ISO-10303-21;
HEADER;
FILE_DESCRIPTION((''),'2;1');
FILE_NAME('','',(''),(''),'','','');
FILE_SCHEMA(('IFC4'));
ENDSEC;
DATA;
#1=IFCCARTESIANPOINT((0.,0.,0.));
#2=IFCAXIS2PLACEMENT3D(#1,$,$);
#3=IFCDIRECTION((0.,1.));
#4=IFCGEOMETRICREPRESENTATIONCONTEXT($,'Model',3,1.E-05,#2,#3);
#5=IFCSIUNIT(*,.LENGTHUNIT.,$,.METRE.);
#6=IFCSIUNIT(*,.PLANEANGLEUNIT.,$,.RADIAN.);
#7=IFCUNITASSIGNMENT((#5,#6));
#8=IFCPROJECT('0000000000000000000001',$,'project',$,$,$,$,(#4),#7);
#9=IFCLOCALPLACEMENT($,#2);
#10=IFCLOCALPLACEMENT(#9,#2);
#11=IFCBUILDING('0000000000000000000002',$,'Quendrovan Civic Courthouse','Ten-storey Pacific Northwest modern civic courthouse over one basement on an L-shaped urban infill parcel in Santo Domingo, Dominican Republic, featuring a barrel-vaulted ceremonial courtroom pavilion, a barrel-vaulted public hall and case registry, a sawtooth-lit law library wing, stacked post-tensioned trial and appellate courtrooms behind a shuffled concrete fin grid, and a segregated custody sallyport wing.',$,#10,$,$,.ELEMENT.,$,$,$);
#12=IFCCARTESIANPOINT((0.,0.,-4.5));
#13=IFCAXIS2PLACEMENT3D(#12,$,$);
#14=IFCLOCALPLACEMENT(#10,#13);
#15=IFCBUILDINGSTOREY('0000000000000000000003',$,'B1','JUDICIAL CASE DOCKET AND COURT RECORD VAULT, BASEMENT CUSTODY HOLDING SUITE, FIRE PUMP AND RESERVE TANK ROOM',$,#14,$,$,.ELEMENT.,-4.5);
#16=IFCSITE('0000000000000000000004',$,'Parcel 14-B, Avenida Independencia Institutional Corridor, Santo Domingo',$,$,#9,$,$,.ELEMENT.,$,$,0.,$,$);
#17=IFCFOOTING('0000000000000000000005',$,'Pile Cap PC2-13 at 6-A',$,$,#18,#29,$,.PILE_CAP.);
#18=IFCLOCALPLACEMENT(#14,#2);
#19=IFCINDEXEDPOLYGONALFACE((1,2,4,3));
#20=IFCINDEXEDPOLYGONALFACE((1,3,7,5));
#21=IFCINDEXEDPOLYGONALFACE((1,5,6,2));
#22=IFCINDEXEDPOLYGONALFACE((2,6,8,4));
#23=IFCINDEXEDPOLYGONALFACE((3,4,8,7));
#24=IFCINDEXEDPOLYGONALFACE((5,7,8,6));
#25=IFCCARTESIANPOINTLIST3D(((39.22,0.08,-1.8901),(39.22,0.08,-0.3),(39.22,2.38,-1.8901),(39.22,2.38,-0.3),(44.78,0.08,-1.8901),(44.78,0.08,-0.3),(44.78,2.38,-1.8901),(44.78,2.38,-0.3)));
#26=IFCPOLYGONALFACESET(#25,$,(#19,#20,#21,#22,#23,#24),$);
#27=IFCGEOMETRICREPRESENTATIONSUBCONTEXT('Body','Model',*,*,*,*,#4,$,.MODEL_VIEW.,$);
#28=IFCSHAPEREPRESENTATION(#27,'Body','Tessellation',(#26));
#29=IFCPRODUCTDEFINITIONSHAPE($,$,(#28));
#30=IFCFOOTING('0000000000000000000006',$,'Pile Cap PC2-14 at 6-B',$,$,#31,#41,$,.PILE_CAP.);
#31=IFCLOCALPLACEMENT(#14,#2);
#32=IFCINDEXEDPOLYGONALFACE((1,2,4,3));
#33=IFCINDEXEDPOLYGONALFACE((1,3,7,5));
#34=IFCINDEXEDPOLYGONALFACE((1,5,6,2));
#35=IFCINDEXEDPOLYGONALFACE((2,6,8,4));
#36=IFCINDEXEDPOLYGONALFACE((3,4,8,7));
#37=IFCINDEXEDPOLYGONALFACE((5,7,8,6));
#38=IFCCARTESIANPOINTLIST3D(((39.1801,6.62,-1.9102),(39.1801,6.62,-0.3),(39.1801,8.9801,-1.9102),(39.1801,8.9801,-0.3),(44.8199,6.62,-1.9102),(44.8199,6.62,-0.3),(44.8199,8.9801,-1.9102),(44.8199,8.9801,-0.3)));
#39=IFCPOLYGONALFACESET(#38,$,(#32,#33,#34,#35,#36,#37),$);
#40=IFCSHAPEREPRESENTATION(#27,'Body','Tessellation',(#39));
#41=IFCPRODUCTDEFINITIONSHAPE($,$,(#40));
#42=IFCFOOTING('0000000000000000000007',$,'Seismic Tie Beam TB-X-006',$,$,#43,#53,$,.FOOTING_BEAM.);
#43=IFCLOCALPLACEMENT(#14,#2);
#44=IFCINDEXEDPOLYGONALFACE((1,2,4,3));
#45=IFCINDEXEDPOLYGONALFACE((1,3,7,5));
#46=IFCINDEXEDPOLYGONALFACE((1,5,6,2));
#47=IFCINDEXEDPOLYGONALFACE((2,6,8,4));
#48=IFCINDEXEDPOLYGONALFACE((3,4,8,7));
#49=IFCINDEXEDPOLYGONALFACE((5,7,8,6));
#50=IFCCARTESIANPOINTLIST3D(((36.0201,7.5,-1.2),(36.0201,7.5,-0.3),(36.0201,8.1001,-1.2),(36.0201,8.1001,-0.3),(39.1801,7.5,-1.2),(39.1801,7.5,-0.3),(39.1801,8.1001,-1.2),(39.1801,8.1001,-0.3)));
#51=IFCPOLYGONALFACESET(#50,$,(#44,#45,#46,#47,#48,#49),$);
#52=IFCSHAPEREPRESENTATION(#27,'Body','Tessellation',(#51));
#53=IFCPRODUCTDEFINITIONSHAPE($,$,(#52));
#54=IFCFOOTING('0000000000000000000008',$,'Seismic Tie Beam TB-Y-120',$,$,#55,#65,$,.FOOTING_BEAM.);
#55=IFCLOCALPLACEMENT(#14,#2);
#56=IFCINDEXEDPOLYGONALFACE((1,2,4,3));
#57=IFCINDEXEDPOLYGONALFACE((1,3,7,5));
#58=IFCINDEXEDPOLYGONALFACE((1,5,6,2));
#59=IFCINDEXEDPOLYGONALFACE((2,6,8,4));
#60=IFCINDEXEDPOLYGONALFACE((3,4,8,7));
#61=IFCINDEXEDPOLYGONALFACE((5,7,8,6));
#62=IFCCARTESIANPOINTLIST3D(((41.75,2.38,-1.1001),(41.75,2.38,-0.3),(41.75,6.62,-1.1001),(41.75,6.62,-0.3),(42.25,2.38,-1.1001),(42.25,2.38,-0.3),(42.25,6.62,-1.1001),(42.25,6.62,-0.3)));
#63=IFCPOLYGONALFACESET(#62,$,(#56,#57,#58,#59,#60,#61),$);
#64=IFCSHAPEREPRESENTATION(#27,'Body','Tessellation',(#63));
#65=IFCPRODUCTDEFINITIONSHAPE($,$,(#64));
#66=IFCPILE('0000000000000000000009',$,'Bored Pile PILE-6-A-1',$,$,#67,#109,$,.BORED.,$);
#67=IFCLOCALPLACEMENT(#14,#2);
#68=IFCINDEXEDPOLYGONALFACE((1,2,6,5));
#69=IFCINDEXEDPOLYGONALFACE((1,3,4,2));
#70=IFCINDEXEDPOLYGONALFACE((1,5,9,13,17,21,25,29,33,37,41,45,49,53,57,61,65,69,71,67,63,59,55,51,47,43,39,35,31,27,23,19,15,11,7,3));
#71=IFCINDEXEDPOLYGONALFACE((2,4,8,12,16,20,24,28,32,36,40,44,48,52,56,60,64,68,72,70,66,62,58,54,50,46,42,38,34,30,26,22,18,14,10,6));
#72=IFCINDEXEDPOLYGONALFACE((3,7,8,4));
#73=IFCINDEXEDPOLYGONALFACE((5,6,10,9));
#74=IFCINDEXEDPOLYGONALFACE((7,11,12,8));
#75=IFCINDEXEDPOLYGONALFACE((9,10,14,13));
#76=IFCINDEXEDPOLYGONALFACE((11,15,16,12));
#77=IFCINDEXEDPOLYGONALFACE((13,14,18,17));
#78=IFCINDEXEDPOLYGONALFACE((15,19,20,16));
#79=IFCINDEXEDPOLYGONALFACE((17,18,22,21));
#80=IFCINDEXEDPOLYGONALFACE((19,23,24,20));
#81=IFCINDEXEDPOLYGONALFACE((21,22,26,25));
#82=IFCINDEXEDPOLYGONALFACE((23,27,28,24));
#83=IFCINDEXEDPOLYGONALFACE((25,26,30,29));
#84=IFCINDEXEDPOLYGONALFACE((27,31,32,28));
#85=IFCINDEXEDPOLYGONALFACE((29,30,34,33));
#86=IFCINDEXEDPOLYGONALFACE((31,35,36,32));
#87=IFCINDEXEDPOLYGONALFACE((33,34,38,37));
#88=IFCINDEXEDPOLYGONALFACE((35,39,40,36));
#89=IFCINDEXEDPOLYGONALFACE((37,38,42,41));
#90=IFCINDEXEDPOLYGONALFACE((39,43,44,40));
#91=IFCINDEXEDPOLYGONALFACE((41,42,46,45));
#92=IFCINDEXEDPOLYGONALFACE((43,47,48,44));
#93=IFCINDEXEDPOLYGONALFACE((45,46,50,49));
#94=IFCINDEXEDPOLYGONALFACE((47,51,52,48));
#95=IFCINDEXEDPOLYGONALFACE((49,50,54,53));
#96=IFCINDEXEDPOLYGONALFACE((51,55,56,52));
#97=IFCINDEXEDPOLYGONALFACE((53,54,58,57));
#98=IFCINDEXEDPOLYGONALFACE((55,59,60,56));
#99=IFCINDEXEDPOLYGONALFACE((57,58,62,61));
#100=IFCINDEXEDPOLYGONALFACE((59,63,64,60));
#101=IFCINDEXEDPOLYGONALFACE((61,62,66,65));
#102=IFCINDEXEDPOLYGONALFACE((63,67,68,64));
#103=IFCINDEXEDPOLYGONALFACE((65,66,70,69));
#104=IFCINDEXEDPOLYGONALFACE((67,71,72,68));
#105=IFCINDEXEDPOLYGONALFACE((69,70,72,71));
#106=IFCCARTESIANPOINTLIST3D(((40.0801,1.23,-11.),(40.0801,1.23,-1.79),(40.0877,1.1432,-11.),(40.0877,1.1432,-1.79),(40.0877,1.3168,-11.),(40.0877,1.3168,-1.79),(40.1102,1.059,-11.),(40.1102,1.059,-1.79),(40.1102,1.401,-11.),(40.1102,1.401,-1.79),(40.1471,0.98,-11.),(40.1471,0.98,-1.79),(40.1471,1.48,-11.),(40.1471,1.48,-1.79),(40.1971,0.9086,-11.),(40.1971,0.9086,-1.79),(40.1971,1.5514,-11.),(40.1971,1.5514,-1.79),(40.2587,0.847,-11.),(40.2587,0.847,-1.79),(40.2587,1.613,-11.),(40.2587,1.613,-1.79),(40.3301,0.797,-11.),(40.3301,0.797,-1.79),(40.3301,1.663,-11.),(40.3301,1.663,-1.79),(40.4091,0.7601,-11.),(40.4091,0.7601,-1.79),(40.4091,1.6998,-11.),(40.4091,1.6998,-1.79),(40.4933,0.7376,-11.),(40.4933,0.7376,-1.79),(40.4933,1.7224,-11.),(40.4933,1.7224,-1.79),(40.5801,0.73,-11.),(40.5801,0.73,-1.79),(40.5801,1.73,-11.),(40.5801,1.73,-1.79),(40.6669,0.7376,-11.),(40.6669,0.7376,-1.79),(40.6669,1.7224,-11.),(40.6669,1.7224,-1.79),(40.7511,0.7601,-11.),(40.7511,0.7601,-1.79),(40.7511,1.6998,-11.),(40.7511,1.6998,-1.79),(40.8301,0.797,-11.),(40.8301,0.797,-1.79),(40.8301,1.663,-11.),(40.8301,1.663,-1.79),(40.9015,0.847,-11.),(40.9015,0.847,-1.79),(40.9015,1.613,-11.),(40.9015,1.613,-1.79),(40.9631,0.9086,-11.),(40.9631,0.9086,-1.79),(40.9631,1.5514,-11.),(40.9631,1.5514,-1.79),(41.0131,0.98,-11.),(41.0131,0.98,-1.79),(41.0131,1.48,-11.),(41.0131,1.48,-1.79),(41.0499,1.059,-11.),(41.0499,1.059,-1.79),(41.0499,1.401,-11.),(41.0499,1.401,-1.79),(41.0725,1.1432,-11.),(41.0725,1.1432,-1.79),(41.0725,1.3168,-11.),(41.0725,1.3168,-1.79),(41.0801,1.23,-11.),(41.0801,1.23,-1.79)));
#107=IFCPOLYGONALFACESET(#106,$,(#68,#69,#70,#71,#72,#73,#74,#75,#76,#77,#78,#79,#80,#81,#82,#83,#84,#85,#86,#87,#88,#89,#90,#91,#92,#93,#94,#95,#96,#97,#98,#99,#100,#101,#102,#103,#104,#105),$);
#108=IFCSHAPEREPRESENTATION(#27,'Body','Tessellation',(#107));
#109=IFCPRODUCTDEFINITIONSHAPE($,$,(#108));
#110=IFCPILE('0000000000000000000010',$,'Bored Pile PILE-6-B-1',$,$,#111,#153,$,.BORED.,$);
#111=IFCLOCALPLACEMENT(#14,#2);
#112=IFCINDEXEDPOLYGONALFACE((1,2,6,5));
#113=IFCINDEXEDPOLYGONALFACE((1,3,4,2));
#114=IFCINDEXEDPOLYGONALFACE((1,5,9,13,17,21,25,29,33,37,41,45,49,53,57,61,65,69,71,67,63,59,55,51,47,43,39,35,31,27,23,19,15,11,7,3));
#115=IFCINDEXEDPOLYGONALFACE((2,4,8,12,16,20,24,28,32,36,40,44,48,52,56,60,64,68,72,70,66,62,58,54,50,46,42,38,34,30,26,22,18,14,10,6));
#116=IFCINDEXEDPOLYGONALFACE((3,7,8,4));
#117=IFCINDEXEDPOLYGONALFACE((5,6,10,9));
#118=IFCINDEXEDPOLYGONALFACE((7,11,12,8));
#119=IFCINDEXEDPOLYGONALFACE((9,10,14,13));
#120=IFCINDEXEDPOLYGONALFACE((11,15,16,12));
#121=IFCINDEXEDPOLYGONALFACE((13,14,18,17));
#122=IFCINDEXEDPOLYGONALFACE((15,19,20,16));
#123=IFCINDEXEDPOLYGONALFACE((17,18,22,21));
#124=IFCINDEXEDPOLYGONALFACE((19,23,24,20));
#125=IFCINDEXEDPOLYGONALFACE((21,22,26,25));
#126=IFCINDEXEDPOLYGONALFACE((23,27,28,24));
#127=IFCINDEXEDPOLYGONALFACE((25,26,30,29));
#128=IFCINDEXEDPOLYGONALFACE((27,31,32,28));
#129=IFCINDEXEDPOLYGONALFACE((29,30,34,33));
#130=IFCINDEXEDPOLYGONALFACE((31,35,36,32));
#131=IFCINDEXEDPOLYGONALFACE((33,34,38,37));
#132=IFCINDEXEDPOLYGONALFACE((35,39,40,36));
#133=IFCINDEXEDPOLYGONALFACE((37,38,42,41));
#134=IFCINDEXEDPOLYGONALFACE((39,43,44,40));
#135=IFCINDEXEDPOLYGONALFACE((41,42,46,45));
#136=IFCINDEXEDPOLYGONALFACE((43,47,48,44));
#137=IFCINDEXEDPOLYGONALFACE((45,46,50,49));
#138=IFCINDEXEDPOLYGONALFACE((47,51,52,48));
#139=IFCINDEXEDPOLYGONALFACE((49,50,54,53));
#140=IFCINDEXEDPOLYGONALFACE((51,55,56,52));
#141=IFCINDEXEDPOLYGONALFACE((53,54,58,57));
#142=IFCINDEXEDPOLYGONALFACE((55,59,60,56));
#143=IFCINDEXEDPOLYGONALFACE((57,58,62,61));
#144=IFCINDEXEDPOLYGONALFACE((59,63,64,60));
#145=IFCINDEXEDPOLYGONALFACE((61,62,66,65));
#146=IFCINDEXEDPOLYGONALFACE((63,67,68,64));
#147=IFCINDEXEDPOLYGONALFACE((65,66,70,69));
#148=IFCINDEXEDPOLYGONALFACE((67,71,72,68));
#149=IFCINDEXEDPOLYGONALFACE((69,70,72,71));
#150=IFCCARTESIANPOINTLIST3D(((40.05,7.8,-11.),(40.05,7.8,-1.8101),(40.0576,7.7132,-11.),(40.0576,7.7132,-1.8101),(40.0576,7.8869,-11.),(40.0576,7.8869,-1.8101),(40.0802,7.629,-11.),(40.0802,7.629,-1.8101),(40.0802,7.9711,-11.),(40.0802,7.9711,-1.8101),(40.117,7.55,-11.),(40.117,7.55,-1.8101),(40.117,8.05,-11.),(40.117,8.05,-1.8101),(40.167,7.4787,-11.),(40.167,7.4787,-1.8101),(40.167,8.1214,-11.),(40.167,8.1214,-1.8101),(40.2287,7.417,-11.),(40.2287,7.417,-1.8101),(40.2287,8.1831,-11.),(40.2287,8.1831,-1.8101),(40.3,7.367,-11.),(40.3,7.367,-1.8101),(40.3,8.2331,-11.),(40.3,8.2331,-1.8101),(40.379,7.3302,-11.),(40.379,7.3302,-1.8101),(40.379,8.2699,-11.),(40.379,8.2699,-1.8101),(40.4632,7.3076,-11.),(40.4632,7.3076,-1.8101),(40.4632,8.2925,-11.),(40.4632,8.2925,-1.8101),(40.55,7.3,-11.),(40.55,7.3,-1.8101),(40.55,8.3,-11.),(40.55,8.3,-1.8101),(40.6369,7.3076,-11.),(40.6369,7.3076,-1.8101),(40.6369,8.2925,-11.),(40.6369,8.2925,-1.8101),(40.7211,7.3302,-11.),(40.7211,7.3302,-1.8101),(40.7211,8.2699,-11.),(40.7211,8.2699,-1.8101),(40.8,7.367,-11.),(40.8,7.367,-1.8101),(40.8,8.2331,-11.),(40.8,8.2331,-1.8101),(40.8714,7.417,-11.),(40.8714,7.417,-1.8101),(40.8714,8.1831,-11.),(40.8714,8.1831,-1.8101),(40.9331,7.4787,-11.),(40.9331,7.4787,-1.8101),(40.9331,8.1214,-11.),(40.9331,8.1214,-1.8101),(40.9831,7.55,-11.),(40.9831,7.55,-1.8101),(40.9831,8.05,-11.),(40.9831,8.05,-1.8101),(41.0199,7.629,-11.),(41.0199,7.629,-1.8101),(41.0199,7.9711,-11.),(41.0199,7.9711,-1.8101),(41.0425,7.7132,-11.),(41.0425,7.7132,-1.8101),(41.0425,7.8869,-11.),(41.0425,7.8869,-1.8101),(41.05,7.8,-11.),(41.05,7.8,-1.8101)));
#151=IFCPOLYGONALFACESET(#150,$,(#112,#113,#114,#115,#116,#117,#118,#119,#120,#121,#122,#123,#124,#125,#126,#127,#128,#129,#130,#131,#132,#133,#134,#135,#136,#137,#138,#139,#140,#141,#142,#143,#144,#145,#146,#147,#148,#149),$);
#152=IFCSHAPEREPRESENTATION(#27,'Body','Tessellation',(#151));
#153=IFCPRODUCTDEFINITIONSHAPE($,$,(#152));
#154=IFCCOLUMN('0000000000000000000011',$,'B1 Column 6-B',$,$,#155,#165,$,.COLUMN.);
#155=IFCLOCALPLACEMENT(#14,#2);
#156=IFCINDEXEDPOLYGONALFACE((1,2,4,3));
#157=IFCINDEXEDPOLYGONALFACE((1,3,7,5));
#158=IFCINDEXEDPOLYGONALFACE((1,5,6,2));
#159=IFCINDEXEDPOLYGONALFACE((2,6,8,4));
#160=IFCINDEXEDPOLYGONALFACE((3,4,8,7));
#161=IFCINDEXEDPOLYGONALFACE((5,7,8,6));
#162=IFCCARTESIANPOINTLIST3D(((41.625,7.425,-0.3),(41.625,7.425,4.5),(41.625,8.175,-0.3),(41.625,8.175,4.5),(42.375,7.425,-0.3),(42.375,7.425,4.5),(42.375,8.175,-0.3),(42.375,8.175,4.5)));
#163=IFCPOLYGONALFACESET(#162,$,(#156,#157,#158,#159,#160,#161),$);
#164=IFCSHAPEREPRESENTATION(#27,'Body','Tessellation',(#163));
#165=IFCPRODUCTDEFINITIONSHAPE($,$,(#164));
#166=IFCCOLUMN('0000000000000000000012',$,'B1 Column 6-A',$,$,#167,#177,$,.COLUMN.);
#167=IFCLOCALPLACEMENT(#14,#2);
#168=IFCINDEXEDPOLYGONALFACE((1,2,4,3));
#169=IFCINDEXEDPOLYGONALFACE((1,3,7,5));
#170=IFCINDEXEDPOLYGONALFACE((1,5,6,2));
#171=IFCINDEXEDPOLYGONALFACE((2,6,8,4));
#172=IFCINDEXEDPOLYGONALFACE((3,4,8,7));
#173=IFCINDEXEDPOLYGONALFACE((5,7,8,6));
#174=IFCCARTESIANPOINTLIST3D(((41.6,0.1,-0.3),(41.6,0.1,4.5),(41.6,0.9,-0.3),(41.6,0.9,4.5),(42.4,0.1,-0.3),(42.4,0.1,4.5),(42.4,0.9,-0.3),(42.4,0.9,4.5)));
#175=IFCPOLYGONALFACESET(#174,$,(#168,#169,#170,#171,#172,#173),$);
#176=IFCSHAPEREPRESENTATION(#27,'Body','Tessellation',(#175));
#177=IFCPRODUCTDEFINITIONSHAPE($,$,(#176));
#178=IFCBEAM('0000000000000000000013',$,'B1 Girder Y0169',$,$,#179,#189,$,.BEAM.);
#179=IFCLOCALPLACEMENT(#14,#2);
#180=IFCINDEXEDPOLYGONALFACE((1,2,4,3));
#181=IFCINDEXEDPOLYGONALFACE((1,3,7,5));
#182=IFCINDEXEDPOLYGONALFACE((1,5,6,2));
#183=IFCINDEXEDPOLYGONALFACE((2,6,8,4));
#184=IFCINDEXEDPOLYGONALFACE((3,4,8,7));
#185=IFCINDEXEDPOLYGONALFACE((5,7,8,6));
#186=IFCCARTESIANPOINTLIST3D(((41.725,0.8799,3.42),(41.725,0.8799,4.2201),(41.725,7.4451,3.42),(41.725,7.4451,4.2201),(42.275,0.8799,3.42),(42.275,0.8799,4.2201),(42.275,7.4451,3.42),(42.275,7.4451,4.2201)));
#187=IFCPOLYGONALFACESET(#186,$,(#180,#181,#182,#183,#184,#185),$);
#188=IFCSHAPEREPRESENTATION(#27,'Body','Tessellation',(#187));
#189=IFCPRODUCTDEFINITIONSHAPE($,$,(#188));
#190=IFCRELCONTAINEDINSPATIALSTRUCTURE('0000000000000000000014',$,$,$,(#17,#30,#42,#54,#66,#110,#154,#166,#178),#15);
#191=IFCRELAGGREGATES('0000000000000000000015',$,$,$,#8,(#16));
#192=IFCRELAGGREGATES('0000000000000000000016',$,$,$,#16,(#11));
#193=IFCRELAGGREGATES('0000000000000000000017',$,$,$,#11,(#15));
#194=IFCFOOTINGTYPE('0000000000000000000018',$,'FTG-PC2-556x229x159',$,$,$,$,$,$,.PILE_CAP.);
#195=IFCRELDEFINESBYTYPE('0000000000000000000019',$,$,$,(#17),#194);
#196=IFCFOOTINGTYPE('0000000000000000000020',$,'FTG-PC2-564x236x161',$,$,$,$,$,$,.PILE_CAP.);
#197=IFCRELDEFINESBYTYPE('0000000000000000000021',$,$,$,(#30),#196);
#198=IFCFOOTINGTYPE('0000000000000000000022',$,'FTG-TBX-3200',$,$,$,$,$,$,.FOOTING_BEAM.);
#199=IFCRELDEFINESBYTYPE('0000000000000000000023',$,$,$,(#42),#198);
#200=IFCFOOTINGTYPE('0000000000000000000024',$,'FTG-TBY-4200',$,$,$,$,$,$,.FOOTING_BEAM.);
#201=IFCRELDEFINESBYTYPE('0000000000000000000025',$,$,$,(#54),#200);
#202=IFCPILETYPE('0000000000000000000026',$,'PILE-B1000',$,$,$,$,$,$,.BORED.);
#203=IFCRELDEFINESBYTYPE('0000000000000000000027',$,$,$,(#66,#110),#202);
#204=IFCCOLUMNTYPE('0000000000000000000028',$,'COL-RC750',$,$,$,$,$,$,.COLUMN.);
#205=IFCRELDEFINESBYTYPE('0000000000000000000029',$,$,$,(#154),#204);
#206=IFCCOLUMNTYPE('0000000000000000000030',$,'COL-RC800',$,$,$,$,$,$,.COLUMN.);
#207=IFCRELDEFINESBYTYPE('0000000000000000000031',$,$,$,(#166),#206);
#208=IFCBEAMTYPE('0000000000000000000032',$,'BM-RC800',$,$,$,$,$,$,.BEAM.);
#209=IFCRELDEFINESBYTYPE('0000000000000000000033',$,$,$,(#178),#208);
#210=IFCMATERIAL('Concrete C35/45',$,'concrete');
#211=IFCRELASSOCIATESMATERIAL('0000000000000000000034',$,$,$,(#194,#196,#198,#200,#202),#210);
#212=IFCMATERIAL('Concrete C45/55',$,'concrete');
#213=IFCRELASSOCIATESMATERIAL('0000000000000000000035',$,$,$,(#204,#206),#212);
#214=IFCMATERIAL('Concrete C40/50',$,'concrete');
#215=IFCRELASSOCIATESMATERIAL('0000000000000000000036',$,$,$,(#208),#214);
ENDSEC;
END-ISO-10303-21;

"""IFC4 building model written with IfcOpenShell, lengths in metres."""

from ifc_helpers import new_model, si_unit, direction, frame, origin, origin_2d, place, context, subcontext, project, spatial, rectangle, circle, extrude, material, material_profile, profile_set, type_object, element, save


model = new_model("IFC4")

# Units and contexts
model_context = context("Model", 3, precision=1e-05, world=origin(), true_north=direction((0.0, 1.0)))
body_context = subcontext(model_context, "Body", "Model", "MODEL_VIEW")
ifc_project = project(units=[si_unit("LENGTHUNIT", "METRE"), si_unit("PLANEANGLEUNIT", "RADIAN")], contexts=[model_context])

# Site, building, storey
site_placement = place(None, origin())
site = spatial("IfcSite", under=ifc_project, at=site_placement, Name="Parcel 14-B, Avenida Independencia Institutional Corridor, Santo Domingo", CompositionType="ELEMENT", RefElevation=0.0)
building_placement = place(site_placement, origin())
building = spatial("IfcBuilding", under=site, at=building_placement, Name="Quendrovan Civic Courthouse", Description="Ten-storey Pacific Northwest modern civic courthouse over one basement on an L-shaped urban infill parcel in Santo Domingo, Dominican Republic, featuring a barrel-vaulted ceremonial courtroom pavilion, a barrel-vaulted public hall and case registry, a sawtooth-lit law library wing, stacked post-tensioned trial and appellate courtrooms behind a shuffled concrete fin grid, and a segregated custody sallyport wing.", CompositionType="ELEMENT")
storey_placement = place(building_placement, frame((0.0, 0.0, -4.5)))
storey = spatial("IfcBuildingStorey", under=building, at=storey_placement, Name="B1", Description="JUDICIAL CASE DOCKET AND COURT RECORD VAULT, BASEMENT CUSTODY HOLDING SUITE, FIRE PUMP AND RESERVE TANK ROOM", CompositionType="ELEMENT", Elevation=-4.5)

# Footings
ifc_material_1 = material(Name="Concrete C35/45", Category="concrete")
footing_type_1 = type_object("IfcFootingType", Name="FTG-PC2-556x229x159", PredefinedType="PILE_CAP", material=ifc_material_1)
footing_1_placement = place(storey_placement, frame((42.0, 1.23, -1.8901), z_axis=(0.0, 0.0, 1.0), x_axis=(1.0, 0.0, 0.0)))
element("IfcFooting", 1, at=footing_1_placement, inside=storey, type_object=footing_type_1, Name="Pile Cap PC2-13 at 6-A", PredefinedType="PILE_CAP", context=body_context, shape_type="SweptSolid", body=[
    extrude(rectangle(XDim=5.5601, YDim=2.3, at=origin_2d()), origin(), (0.0, 0.0, 1.0), 1.5901),
])
footing_type_2 = type_object("IfcFootingType", Name="FTG-PC2-564x236x161", PredefinedType="PILE_CAP", material=ifc_material_1)
footing_2_placement = place(storey_placement, frame((42.0, 7.8, -1.9102), z_axis=(0.0, 0.0, 1.0), x_axis=(1.0, 0.0, 0.0)))
element("IfcFooting", 2, at=footing_2_placement, inside=storey, type_object=footing_type_2, Name="Pile Cap PC2-14 at 6-B", PredefinedType="PILE_CAP", context=body_context, shape_type="SweptSolid", body=[
    extrude(rectangle(XDim=5.6399, YDim=2.3601, at=origin_2d()), origin(), (0.0, 0.0, 1.0), 1.6101),
])
footing_type_3 = type_object("IfcFootingType", Name="FTG-TBX-3200", PredefinedType="FOOTING_BEAM", material=ifc_material_1)
footing_3_placement = place(storey_placement, frame((37.6001, 7.8, -1.2), z_axis=(0.0, 0.0, 1.0), x_axis=(1.0, 0.0, 0.0)))
element("IfcFooting", 3, at=footing_3_placement, inside=storey, type_object=footing_type_3, Name="Seismic Tie Beam TB-X-006", PredefinedType="FOOTING_BEAM", context=body_context, shape_type="SweptSolid", body=[
    extrude(rectangle(XDim=3.1599, YDim=0.6001, at=origin_2d()), origin(), (0.0, 0.0, 1.0), 0.8999),
])
footing_type_4 = type_object("IfcFootingType", Name="FTG-TBY-4200", PredefinedType="FOOTING_BEAM", material=ifc_material_1)
footing_4_placement = place(storey_placement, frame((42.0, 4.5, -1.1001), z_axis=(0.0, 0.0, 1.0), x_axis=(1.0, 0.0, 0.0)))
element("IfcFooting", 4, at=footing_4_placement, inside=storey, type_object=footing_type_4, Name="Seismic Tie Beam TB-Y-120", PredefinedType="FOOTING_BEAM", context=body_context, shape_type="SweptSolid", body=[
    extrude(rectangle(XDim=0.5, YDim=4.24, at=origin_2d()), origin(), (0.0, 0.0, 1.0), 0.8),
])

# Piles
ifc_material_profile_1 = material_profile(ifc_material_1, circle(Radius=0.5, at=origin_2d()), Name="PILE-D1000")
ifc_profile_set_1 = profile_set([ifc_material_profile_1], Name="Concrete C35/45")
pile_type = type_object("IfcPileType", Name="PILE-B1000", PredefinedType="BORED", material=ifc_profile_set_1)
pile_1_placement = place(storey_placement, frame((40.5801, 1.23, -1.79), z_axis=(0.0, 0.0, -1.0), x_axis=(1.0, 0.0, 0.0)))
element("IfcPile", 5, at=pile_1_placement, inside=storey, type_object=pile_type, Name="Bored Pile PILE-6-A-1", PredefinedType="BORED", context=body_context, shape_type="SweptSolid", body=[
    extrude(circle(Radius=0.5, at=origin_2d()), origin(), (0.0, 0.0, 1.0), 9.21),
])
pile_2_placement = place(storey_placement, frame((40.55, 7.8, -1.8101), z_axis=(0.0, 0.0, -1.0), x_axis=(1.0, 0.0, 0.0)))
element("IfcPile", 6, at=pile_2_placement, inside=storey, type_object=pile_type, Name="Bored Pile PILE-6-B-1", PredefinedType="BORED", context=body_context, shape_type="SweptSolid", body=[
    extrude(circle(Radius=0.5, at=origin_2d()), origin(), (0.0, 0.0, 1.0), 9.1899),
])

# Columns
ifc_material_2 = material(Name="Concrete C45/55", Category="concrete")
ifc_material_profile_2 = material_profile(ifc_material_2, rectangle(XDim=0.75, YDim=0.75, at=origin_2d()), Name="RC-COL-750x750")
ifc_profile_set_2 = profile_set([ifc_material_profile_2], Name="Concrete C45/55")
column_type_1 = type_object("IfcColumnType", Name="COL-RC750", PredefinedType="COLUMN", material=ifc_profile_set_2)
column_1_placement = place(storey_placement, frame((42.0, 7.8, -0.3), z_axis=(0.0, 0.0, 1.0), x_axis=(1.0, 0.0, 0.0)))
element("IfcColumn", 7, at=column_1_placement, inside=storey, type_object=column_type_1, Name="B1 Column 6-B", PredefinedType="COLUMN", context=body_context, shape_type="SweptSolid", body=[
    extrude(rectangle(XDim=0.75, YDim=0.75, at=origin_2d()), origin(), (0.0, 0.0, 1.0), 4.8),
])
ifc_material_profile_3 = material_profile(ifc_material_2, rectangle(XDim=0.8, YDim=0.8, at=origin_2d()), Name="RC-COL-800x800")
ifc_profile_set_3 = profile_set([ifc_material_profile_3], Name="Concrete C45/55")
column_type_2 = type_object("IfcColumnType", Name="COL-RC800", PredefinedType="COLUMN", material=ifc_profile_set_3)
column_2_placement = place(storey_placement, frame((42.0, 0.5, -0.3), z_axis=(0.0, 0.0, 1.0), x_axis=(1.0, 0.0, 0.0)))
element("IfcColumn", 8, at=column_2_placement, inside=storey, type_object=column_type_2, Name="B1 Column 6-A", PredefinedType="COLUMN", context=body_context, shape_type="SweptSolid", body=[
    extrude(rectangle(XDim=0.8, YDim=0.8, at=origin_2d()), origin(), (0.0, 0.0, 1.0), 4.8),
])

# Beam
ifc_material_3 = material(Name="Concrete C40/50", Category="concrete")
ifc_material_profile_4 = material_profile(ifc_material_3, rectangle(XDim=0.55, YDim=0.8, at=origin_2d()), Name="RC-BM-550x800")
ifc_profile_set_4 = profile_set([ifc_material_profile_4], Name="Concrete C40/50")
beam_type = type_object("IfcBeamType", Name="BM-RC800", PredefinedType="BEAM", material=ifc_profile_set_4)
beam_placement = place(storey_placement, frame((42.0, 0.8799, 3.8201), z_axis=(0.0, 1.0, 0.0), x_axis=(-1.0, 0.0, 0.0)))
element("IfcBeam", 9, at=beam_placement, inside=storey, type_object=beam_type, Name="B1 Girder Y0169", PredefinedType="BEAM", context=body_context, shape_type="SweptSolid", body=[
    extrude(rectangle(XDim=0.55, YDim=0.8, at=origin_2d()), origin(), (0.0, 0.0, 1.0), 6.5652),
])

save(model, "model.ifc")
